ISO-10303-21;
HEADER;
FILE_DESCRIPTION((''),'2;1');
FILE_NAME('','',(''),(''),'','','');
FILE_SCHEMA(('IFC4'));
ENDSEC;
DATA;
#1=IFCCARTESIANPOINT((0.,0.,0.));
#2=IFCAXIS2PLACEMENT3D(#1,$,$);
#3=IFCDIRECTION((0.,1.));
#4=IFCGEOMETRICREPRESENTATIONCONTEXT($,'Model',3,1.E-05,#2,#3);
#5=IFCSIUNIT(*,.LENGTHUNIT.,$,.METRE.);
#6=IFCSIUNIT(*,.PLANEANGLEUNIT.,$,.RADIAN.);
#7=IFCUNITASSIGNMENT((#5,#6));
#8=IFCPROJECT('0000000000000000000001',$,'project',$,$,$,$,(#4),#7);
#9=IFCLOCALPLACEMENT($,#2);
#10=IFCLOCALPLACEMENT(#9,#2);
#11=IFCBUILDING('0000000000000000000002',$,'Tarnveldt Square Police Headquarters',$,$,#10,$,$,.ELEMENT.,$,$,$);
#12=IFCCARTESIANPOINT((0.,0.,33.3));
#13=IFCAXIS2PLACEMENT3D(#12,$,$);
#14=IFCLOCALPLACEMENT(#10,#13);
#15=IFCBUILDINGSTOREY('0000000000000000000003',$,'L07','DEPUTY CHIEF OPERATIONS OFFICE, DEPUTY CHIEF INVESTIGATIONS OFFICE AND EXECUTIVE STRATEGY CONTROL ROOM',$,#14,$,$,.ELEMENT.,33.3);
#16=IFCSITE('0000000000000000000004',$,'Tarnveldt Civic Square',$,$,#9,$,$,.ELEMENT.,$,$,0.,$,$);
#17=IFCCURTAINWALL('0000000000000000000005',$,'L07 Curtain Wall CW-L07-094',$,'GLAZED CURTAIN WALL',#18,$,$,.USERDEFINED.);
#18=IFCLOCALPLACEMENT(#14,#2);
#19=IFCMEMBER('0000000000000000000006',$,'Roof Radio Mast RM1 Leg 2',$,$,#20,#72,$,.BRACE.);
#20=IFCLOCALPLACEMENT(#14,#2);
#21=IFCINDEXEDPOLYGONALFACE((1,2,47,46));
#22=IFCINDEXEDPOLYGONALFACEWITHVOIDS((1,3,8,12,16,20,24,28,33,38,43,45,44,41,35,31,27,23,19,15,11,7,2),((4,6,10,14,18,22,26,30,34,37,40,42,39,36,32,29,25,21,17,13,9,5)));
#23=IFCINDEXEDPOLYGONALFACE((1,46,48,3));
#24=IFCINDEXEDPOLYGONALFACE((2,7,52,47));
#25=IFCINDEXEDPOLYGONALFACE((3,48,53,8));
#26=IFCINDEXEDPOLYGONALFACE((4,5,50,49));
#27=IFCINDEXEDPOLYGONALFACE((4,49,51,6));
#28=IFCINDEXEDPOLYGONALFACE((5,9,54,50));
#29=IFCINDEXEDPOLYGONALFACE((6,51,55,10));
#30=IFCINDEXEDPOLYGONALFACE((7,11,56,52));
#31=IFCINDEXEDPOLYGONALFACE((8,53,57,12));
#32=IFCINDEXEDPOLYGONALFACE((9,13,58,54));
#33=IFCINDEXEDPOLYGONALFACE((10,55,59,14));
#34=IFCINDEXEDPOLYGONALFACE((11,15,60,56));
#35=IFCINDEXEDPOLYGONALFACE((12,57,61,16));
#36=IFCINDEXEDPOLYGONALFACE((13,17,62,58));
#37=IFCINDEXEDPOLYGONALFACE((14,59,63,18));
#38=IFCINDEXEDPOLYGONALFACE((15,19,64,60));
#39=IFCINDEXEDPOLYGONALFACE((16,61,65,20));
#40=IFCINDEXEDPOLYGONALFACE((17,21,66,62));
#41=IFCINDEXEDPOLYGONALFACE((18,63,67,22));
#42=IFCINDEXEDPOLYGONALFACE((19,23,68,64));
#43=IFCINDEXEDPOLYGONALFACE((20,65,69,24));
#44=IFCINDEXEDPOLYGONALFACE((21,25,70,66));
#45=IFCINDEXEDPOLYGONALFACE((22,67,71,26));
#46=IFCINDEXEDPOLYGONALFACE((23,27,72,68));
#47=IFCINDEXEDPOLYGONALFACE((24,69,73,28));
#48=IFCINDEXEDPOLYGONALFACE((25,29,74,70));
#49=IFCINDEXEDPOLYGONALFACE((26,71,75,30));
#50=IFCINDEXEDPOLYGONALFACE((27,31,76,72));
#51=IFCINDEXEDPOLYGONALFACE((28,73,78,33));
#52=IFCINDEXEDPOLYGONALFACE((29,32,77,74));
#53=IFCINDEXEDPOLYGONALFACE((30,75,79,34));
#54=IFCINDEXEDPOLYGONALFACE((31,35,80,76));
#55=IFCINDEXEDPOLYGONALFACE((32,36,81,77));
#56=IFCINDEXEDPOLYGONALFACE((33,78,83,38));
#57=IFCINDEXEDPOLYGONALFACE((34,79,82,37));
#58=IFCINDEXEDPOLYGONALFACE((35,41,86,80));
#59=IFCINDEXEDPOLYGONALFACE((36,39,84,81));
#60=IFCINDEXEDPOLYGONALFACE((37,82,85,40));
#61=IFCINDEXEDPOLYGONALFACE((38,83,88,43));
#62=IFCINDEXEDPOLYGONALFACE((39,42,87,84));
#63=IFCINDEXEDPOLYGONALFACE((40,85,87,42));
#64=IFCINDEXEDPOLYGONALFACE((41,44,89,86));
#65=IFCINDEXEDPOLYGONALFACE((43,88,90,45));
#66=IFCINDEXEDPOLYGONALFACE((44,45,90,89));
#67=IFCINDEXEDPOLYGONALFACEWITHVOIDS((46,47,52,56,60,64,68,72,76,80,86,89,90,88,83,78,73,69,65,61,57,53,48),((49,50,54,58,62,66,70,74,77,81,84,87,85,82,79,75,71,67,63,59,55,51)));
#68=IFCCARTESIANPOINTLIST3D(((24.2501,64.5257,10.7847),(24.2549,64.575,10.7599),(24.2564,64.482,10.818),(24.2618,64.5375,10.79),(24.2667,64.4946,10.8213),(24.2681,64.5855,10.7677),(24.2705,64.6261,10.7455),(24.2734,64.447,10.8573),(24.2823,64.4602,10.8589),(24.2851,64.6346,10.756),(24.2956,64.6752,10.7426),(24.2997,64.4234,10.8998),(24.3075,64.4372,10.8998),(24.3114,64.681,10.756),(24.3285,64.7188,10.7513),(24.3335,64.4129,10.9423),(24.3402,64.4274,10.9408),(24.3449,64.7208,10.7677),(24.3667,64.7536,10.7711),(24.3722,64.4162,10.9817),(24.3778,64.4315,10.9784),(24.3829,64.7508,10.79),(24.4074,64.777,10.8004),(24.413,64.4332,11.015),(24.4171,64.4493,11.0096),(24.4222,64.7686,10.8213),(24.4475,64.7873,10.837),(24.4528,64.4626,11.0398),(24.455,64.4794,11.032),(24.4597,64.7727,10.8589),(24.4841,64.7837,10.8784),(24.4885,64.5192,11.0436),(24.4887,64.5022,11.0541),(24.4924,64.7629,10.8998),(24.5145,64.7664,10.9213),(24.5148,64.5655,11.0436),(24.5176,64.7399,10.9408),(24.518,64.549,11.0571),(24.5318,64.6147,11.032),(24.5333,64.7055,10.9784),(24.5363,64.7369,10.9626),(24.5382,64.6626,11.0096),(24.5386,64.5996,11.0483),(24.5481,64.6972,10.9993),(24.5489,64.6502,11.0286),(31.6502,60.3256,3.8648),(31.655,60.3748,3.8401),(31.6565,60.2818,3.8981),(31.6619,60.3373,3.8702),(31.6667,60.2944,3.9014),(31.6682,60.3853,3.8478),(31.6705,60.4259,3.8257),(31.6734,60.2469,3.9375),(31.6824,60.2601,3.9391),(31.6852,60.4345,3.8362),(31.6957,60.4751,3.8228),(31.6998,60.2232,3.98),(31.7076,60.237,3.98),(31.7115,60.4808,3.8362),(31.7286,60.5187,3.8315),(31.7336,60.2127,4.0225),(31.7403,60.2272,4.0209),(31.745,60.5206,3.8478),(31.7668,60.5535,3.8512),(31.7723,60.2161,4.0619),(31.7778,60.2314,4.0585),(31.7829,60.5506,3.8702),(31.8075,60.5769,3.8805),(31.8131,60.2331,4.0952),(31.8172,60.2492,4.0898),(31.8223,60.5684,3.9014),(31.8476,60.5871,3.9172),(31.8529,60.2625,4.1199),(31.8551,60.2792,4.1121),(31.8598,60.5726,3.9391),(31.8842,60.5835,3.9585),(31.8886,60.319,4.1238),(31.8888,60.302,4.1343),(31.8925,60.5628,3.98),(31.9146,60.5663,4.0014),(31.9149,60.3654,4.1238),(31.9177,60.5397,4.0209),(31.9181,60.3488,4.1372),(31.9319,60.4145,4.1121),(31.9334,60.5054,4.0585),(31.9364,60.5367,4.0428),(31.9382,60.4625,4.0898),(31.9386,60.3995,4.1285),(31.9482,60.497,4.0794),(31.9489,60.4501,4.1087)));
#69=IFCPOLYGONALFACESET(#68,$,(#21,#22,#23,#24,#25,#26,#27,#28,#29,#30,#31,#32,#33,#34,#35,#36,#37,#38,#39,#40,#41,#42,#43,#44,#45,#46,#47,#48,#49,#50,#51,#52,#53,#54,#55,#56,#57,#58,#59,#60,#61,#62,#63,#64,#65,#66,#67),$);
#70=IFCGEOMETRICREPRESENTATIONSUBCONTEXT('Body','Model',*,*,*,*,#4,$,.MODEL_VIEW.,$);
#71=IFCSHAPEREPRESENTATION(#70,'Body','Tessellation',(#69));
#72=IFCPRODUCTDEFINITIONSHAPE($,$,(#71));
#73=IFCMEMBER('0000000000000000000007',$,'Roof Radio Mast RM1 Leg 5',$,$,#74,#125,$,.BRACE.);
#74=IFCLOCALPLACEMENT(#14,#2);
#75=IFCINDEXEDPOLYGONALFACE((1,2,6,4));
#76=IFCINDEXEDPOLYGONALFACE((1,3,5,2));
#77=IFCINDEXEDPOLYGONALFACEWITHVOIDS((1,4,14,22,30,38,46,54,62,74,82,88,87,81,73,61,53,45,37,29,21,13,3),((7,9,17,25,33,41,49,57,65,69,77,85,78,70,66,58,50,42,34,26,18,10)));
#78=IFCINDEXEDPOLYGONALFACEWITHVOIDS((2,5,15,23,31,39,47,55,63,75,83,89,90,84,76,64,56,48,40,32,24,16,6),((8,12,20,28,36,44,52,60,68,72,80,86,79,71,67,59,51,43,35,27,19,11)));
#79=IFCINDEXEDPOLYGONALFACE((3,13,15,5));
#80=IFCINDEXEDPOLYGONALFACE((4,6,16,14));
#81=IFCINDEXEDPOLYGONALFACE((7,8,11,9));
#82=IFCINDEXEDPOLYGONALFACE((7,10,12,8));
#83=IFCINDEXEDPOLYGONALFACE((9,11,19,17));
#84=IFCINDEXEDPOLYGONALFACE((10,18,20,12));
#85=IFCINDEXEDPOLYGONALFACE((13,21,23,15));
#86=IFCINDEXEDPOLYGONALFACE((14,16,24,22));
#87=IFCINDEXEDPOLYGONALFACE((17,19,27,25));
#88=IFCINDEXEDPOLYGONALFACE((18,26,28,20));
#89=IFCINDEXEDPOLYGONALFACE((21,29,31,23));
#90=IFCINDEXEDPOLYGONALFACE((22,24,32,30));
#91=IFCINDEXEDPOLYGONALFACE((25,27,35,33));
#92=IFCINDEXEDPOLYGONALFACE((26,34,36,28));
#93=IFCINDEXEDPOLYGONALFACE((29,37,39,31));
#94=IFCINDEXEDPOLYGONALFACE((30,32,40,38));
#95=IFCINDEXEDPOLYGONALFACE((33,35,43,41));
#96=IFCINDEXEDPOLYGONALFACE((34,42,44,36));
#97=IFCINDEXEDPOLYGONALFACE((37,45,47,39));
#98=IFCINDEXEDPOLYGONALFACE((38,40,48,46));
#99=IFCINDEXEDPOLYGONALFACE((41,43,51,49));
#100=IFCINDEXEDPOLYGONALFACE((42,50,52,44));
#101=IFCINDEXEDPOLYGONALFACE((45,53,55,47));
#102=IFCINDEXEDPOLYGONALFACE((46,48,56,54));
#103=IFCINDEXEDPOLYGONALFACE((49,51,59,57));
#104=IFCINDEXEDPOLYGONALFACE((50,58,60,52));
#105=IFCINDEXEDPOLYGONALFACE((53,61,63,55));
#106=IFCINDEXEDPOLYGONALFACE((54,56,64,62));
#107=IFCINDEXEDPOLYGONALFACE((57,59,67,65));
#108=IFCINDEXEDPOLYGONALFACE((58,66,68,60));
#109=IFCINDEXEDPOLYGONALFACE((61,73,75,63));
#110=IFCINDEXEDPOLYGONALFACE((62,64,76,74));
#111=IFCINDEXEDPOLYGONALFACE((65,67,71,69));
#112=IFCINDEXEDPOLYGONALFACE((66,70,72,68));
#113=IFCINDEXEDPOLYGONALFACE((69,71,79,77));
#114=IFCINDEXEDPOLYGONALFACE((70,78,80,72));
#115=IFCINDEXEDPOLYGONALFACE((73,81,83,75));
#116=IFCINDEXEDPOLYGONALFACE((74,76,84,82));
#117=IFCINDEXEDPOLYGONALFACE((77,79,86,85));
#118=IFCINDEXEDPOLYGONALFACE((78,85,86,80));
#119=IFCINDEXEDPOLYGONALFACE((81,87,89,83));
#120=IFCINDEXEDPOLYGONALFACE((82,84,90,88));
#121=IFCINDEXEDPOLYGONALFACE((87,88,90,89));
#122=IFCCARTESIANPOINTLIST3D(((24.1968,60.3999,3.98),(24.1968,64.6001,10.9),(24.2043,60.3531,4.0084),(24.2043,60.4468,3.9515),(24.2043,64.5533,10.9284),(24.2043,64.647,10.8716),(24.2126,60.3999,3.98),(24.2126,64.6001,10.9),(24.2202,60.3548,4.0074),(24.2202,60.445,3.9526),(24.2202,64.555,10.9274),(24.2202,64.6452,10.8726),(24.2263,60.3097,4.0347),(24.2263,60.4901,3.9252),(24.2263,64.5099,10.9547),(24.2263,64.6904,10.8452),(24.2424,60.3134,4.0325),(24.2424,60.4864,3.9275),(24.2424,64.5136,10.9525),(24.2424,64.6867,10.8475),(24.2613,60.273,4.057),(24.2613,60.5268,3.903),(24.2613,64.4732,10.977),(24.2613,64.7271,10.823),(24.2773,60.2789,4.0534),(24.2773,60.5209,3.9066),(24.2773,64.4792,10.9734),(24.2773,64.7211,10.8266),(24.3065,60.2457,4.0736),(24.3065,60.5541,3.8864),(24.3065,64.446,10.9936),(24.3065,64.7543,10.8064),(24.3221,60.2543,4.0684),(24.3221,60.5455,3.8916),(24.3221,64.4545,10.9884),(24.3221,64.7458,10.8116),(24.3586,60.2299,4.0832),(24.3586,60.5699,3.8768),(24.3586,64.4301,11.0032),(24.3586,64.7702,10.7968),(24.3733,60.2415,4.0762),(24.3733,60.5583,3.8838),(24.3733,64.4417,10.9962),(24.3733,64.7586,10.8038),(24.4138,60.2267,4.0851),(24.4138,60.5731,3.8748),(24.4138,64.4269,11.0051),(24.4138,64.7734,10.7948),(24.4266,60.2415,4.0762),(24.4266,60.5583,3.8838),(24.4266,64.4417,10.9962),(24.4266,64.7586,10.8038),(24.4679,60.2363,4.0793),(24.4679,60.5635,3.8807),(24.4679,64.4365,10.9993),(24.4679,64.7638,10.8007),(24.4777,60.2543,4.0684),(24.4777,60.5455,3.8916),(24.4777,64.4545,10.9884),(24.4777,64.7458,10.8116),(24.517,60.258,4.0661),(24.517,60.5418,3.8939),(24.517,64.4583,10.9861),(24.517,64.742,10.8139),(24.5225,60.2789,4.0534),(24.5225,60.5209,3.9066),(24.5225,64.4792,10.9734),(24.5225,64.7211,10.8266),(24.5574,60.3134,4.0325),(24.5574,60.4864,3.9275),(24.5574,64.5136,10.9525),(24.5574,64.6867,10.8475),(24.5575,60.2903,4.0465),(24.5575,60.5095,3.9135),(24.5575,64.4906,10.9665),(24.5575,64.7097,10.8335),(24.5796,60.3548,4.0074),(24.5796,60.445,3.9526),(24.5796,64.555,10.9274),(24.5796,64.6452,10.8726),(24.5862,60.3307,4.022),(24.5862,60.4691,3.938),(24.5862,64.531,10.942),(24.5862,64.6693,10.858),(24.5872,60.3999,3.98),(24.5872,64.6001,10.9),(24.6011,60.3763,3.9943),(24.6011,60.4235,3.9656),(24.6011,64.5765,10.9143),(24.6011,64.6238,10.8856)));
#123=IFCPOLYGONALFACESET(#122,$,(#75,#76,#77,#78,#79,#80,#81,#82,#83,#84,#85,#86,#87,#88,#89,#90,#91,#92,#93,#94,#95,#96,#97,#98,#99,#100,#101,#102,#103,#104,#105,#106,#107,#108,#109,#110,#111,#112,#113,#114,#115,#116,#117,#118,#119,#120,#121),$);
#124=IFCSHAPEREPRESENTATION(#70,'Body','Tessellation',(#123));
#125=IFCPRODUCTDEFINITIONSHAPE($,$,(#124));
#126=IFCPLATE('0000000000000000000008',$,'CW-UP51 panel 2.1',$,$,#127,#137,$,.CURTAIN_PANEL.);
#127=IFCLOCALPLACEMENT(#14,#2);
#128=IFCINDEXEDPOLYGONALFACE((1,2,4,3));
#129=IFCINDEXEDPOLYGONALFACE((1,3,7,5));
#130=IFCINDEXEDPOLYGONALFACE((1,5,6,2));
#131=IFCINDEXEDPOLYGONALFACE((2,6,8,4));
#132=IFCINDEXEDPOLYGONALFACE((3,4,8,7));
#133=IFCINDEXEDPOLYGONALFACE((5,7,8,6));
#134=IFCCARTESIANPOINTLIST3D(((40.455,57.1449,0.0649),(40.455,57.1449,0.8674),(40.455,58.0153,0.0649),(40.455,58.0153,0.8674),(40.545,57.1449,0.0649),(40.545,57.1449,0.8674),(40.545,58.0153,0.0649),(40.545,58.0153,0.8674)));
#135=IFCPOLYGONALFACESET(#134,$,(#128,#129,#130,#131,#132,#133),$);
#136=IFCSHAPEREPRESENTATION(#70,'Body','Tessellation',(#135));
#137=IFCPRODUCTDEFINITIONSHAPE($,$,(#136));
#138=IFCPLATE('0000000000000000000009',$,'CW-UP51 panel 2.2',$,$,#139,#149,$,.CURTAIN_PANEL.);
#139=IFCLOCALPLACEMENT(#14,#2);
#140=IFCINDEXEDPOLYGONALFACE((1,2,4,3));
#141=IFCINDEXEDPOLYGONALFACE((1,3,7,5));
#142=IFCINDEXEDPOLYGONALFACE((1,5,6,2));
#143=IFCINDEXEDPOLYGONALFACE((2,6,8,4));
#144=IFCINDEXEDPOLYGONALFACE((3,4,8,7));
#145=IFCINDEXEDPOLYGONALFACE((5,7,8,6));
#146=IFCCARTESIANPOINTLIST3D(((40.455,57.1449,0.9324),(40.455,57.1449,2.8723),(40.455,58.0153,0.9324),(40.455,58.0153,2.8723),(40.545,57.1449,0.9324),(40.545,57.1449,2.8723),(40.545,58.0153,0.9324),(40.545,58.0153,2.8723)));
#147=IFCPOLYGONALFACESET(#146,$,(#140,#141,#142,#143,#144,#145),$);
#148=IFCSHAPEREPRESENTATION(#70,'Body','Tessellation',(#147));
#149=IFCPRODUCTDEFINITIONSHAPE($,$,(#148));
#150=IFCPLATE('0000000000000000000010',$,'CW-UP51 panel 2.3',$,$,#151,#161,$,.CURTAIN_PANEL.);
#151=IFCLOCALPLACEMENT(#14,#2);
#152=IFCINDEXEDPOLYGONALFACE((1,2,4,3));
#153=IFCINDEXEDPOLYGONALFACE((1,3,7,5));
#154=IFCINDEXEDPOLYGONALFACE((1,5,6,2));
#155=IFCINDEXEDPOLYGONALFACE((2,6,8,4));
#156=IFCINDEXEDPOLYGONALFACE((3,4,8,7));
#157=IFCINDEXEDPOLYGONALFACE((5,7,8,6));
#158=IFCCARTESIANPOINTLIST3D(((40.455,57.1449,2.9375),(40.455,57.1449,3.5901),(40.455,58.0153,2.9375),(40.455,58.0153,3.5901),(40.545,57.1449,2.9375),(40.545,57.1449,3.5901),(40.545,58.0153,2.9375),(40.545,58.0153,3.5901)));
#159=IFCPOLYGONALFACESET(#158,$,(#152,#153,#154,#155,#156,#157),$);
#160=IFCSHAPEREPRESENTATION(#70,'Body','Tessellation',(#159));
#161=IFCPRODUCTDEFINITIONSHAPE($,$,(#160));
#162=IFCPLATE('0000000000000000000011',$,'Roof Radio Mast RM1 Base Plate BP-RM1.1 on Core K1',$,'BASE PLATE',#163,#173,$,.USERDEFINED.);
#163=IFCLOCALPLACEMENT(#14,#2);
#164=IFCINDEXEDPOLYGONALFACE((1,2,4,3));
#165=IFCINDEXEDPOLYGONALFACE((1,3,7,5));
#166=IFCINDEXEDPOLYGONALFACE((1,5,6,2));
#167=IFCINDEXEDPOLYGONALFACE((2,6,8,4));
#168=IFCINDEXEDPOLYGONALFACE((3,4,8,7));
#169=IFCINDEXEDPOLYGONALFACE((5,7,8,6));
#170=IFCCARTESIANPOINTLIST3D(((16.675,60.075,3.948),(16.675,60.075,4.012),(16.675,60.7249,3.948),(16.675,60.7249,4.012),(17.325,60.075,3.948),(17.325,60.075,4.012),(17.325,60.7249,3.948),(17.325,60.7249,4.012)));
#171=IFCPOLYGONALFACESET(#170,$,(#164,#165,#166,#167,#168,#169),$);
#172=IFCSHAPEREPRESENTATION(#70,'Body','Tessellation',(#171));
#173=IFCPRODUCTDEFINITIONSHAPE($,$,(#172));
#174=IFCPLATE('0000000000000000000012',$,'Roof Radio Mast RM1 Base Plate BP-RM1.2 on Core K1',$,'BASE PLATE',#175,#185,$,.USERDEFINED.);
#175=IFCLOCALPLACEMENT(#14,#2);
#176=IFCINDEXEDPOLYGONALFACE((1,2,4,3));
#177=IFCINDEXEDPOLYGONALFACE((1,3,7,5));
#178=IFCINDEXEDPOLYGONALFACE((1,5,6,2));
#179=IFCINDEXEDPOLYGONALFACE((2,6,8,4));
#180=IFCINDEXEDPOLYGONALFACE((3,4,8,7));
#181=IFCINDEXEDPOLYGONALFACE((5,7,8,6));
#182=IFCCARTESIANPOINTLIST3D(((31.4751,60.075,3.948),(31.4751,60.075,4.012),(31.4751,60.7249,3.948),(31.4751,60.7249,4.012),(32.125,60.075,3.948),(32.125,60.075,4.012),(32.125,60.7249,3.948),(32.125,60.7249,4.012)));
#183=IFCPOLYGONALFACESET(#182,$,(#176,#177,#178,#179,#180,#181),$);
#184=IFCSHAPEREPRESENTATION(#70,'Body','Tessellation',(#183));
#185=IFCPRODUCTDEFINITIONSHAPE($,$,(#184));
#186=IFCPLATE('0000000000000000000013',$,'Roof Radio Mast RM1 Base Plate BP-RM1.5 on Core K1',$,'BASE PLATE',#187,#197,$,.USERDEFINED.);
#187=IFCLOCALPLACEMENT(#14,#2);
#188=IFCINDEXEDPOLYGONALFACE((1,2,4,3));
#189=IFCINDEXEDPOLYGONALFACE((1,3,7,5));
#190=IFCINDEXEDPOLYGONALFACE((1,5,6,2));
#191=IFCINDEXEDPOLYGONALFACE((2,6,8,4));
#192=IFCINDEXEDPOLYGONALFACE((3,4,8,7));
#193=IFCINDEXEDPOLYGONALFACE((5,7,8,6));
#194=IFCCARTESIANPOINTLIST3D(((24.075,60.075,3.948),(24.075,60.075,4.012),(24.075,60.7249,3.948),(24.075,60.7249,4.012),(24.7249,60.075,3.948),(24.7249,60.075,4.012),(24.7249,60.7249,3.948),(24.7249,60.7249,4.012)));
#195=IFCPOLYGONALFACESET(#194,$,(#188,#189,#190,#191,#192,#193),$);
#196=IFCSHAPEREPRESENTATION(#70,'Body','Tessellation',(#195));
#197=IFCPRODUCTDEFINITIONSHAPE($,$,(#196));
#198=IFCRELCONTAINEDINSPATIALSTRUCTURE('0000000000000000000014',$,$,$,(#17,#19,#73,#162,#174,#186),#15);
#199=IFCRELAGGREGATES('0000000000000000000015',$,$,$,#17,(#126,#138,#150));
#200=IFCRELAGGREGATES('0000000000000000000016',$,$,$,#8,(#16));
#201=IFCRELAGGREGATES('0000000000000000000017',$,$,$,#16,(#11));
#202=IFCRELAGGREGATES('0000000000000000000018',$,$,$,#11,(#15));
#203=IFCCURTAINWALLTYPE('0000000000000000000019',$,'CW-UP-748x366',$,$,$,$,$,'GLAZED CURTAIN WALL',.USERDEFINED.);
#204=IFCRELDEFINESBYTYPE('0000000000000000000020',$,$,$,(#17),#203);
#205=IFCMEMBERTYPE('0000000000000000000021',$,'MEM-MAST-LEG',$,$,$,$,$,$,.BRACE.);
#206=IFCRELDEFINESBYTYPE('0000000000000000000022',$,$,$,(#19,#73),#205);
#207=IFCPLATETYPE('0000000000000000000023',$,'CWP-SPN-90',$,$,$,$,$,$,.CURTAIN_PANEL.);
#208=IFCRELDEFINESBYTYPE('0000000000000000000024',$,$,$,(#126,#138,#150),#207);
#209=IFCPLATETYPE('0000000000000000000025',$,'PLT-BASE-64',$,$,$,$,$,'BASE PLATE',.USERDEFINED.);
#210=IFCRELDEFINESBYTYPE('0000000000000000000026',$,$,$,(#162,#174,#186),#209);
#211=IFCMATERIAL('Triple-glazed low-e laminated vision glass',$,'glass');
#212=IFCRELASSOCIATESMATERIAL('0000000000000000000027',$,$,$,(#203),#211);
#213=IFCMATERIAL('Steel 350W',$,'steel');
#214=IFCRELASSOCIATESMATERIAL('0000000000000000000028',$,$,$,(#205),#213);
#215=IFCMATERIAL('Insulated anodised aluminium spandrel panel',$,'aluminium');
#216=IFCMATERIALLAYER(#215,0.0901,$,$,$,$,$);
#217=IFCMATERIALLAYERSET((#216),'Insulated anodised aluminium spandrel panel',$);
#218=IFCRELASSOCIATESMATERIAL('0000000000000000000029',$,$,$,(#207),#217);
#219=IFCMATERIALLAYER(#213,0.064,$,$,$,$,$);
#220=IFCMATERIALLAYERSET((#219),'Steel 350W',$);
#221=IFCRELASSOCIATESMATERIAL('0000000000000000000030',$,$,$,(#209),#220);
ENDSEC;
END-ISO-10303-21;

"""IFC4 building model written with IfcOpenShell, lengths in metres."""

from ifc_helpers import new_model, si_unit, direction, frame, origin, origin_2d, place, context, subcontext, project, spatial, rectangle, hollow_circle, extrude, material, layer, layer_set, material_profile, profile_set, type_object, element, aggregate, save


model = new_model("IFC4")

# Units and contexts
model_context = context("Model", 3, precision=1e-05, world=origin(), true_north=direction((0.0, 1.0)))
body_context = subcontext(model_context, "Body", "Model", "MODEL_VIEW")
ifc_project = project(units=[si_unit("LENGTHUNIT", "METRE"), si_unit("PLANEANGLEUNIT", "RADIAN")], contexts=[model_context])

# Site, building, storey
site_placement = place(None, origin())
site = spatial("IfcSite", under=ifc_project, at=site_placement, Name="Tarnveldt Civic Square", CompositionType="ELEMENT", RefElevation=0.0)
building_placement = place(site_placement, origin())
building = spatial("IfcBuilding", under=site, at=building_placement, Name="Tarnveldt Square Police Headquarters", CompositionType="ELEMENT")
storey_placement = place(building_placement, frame((0.0, 0.0, 33.3)))
storey = spatial("IfcBuildingStorey", under=building, at=storey_placement, Name="L07", Description="DEPUTY CHIEF OPERATIONS OFFICE, DEPUTY CHIEF INVESTIGATIONS OFFICE AND EXECUTIVE STRATEGY CONTROL ROOM", CompositionType="ELEMENT", Elevation=33.3)

# Curtain wall
ifc_material_1 = material(Name="Triple-glazed low-e laminated vision glass", Category="glass")
curtain_wall_type = type_object("IfcCurtainWallType", Name="CW-UP-748x366", ElementType="GLAZED CURTAIN WALL", PredefinedType="USERDEFINED", material=ifc_material_1)
curtain_wall_placement = place(storey_placement, origin())
curtain_wall = element("IfcCurtainWall", 1, at=curtain_wall_placement, inside=storey, type_object=curtain_wall_type, Name="L07 Curtain Wall CW-L07-094", ObjectType="GLAZED CURTAIN WALL", PredefinedType="USERDEFINED")

# Members
ifc_material_2 = material(Name="Steel 350W", Category="steel")
ifc_material_profile_1 = material_profile(ifc_material_2, hollow_circle(Radius=0.2031, WallThickness=0.0159, at=origin_2d()), Name="HSS406x16")
ifc_profile_set_1 = profile_set([ifc_material_profile_1], Name="Steel 350W")
member_type_1 = type_object("IfcMemberType", Name="MEM-MAST-LEG", PredefinedType="BRACE", material=ifc_profile_set_1)
for number, where, z_axis, x_axis, name in (
    (2, (31.8, 60.3999, 3.98), (-0.674726, 0.382963, 0.63094), (-0.493615, -0.86968, 0.0), "Roof Radio Mast RM1 Leg 2"),
):
    element("IfcMember", number, at=place(storey_placement, frame(where, z_axis=z_axis, x_axis=x_axis)), inside=storey, type_object=member_type_1, Name=name, PredefinedType="BRACE", context=body_context, shape_type="SweptSolid", body=[
        extrude(hollow_circle(Radius=0.2031, WallThickness=0.0159, at=origin_2d()), origin(), (0.0, 0.0, 1.0), 10.9675),
    ])
member_1_placement = place(storey_placement, frame((24.3999, 60.3999, 3.98), z_axis=(0.0, 0.518871, 0.854852), x_axis=(-1.0, 0.0, 0.0)))
element("IfcMember", 3, at=member_1_placement, inside=storey, type_object=member_type_1, Name="Roof Radio Mast RM1 Leg 5", PredefinedType="BRACE", context=body_context, shape_type="SweptSolid", body=[
    extrude(hollow_circle(Radius=0.2031, WallThickness=0.0159, at=origin_2d()), origin(), (0.0, 0.0, 1.0), 8.095),
])

# Plates
ifc_material_3 = material(Name="Insulated anodised aluminium spandrel panel", Category="aluminium")
ifc_layer_1 = layer(ifc_material_3, 0.0901)
ifc_layer_set_1 = layer_set([ifc_layer_1], Name="Insulated anodised aluminium spandrel panel")
plate_type_1 = type_object("IfcPlateType", Name="CWP-SPN-90", PredefinedType="CURTAIN_PANEL", material=ifc_layer_set_1)
plate_1_placement = place(storey_placement, frame((40.5, 57.5801, 0.0649), z_axis=(0.0, 0.0, 1.0), x_axis=(0.0, 1.0, 0.0)))
plate_1 = element("IfcPlate", 4, at=plate_1_placement, type_object=plate_type_1, Name="CW-UP51 panel 2.1", PredefinedType="CURTAIN_PANEL", context=body_context, shape_type="SweptSolid", body=[
    extrude(rectangle(XDim=0.8704, YDim=0.0901, at=origin_2d()), origin(), (0.0, 0.0, 1.0), 0.8025),
])
plate_2_placement = place(storey_placement, frame((40.5, 57.5801, 0.9324), z_axis=(0.0, 0.0, 1.0), x_axis=(0.0, 1.0, 0.0)))
plate_2 = element("IfcPlate", 5, at=plate_2_placement, type_object=plate_type_1, Name="CW-UP51 panel 2.2", PredefinedType="CURTAIN_PANEL", context=body_context, shape_type="SweptSolid", body=[
    extrude(rectangle(XDim=0.8704, YDim=0.0901, at=origin_2d()), origin(), (0.0, 0.0, 1.0), 1.9399),
])
plate_3_placement = place(storey_placement, frame((40.5, 57.5801, 2.9375), z_axis=(0.0, 0.0, 1.0), x_axis=(0.0, 1.0, 0.0)))
plate_3 = element("IfcPlate", 6, at=plate_3_placement, type_object=plate_type_1, Name="CW-UP51 panel 2.3", PredefinedType="CURTAIN_PANEL", context=body_context, shape_type="SweptSolid", body=[
    extrude(rectangle(XDim=0.8704, YDim=0.0901, at=origin_2d()), origin(), (0.0, 0.0, 1.0), 0.6526),
])
aggregate(curtain_wall, [plate_1, plate_2, plate_3])

# Plates
ifc_layer_2 = layer(ifc_material_2, 0.064)
ifc_layer_set_2 = layer_set([ifc_layer_2], Name="Steel 350W")
plate_type_2 = type_object("IfcPlateType", Name="PLT-BASE-64", ElementType="BASE PLATE", PredefinedType="USERDEFINED", material=ifc_layer_set_2)
for number, where, z_axis, x_axis, name in (
    (7, (17.0, 60.3999, 3.948), (0.0, 0.0, 1.0), (1.0, 0.0, 0.0), "Roof Radio Mast RM1 Base Plate BP-RM1.1 on Core K1"),
    (8, (31.8, 60.3999, 3.948), (0.0, 0.0, 1.0), (1.0, 0.0, 0.0), "Roof Radio Mast RM1 Base Plate BP-RM1.2 on Core K1"),
    (9, (24.3999, 60.3999, 3.948), (0.0, 0.0, 1.0), (1.0, 0.0, 0.0), "Roof Radio Mast RM1 Base Plate BP-RM1.5 on Core K1"),
):
    element("IfcPlate", number, at=place(storey_placement, frame(where, z_axis=z_axis, x_axis=x_axis)), inside=storey, type_object=plate_type_2, Name=name, ObjectType="BASE PLATE", PredefinedType="USERDEFINED", context=body_context, shape_type="SweptSolid", body=[
        extrude(rectangle(XDim=0.6499, YDim=0.6499, at=origin_2d()), origin(), (0.0, 0.0, 1.0), 0.064),
    ])

save(model, "model.ifc")
